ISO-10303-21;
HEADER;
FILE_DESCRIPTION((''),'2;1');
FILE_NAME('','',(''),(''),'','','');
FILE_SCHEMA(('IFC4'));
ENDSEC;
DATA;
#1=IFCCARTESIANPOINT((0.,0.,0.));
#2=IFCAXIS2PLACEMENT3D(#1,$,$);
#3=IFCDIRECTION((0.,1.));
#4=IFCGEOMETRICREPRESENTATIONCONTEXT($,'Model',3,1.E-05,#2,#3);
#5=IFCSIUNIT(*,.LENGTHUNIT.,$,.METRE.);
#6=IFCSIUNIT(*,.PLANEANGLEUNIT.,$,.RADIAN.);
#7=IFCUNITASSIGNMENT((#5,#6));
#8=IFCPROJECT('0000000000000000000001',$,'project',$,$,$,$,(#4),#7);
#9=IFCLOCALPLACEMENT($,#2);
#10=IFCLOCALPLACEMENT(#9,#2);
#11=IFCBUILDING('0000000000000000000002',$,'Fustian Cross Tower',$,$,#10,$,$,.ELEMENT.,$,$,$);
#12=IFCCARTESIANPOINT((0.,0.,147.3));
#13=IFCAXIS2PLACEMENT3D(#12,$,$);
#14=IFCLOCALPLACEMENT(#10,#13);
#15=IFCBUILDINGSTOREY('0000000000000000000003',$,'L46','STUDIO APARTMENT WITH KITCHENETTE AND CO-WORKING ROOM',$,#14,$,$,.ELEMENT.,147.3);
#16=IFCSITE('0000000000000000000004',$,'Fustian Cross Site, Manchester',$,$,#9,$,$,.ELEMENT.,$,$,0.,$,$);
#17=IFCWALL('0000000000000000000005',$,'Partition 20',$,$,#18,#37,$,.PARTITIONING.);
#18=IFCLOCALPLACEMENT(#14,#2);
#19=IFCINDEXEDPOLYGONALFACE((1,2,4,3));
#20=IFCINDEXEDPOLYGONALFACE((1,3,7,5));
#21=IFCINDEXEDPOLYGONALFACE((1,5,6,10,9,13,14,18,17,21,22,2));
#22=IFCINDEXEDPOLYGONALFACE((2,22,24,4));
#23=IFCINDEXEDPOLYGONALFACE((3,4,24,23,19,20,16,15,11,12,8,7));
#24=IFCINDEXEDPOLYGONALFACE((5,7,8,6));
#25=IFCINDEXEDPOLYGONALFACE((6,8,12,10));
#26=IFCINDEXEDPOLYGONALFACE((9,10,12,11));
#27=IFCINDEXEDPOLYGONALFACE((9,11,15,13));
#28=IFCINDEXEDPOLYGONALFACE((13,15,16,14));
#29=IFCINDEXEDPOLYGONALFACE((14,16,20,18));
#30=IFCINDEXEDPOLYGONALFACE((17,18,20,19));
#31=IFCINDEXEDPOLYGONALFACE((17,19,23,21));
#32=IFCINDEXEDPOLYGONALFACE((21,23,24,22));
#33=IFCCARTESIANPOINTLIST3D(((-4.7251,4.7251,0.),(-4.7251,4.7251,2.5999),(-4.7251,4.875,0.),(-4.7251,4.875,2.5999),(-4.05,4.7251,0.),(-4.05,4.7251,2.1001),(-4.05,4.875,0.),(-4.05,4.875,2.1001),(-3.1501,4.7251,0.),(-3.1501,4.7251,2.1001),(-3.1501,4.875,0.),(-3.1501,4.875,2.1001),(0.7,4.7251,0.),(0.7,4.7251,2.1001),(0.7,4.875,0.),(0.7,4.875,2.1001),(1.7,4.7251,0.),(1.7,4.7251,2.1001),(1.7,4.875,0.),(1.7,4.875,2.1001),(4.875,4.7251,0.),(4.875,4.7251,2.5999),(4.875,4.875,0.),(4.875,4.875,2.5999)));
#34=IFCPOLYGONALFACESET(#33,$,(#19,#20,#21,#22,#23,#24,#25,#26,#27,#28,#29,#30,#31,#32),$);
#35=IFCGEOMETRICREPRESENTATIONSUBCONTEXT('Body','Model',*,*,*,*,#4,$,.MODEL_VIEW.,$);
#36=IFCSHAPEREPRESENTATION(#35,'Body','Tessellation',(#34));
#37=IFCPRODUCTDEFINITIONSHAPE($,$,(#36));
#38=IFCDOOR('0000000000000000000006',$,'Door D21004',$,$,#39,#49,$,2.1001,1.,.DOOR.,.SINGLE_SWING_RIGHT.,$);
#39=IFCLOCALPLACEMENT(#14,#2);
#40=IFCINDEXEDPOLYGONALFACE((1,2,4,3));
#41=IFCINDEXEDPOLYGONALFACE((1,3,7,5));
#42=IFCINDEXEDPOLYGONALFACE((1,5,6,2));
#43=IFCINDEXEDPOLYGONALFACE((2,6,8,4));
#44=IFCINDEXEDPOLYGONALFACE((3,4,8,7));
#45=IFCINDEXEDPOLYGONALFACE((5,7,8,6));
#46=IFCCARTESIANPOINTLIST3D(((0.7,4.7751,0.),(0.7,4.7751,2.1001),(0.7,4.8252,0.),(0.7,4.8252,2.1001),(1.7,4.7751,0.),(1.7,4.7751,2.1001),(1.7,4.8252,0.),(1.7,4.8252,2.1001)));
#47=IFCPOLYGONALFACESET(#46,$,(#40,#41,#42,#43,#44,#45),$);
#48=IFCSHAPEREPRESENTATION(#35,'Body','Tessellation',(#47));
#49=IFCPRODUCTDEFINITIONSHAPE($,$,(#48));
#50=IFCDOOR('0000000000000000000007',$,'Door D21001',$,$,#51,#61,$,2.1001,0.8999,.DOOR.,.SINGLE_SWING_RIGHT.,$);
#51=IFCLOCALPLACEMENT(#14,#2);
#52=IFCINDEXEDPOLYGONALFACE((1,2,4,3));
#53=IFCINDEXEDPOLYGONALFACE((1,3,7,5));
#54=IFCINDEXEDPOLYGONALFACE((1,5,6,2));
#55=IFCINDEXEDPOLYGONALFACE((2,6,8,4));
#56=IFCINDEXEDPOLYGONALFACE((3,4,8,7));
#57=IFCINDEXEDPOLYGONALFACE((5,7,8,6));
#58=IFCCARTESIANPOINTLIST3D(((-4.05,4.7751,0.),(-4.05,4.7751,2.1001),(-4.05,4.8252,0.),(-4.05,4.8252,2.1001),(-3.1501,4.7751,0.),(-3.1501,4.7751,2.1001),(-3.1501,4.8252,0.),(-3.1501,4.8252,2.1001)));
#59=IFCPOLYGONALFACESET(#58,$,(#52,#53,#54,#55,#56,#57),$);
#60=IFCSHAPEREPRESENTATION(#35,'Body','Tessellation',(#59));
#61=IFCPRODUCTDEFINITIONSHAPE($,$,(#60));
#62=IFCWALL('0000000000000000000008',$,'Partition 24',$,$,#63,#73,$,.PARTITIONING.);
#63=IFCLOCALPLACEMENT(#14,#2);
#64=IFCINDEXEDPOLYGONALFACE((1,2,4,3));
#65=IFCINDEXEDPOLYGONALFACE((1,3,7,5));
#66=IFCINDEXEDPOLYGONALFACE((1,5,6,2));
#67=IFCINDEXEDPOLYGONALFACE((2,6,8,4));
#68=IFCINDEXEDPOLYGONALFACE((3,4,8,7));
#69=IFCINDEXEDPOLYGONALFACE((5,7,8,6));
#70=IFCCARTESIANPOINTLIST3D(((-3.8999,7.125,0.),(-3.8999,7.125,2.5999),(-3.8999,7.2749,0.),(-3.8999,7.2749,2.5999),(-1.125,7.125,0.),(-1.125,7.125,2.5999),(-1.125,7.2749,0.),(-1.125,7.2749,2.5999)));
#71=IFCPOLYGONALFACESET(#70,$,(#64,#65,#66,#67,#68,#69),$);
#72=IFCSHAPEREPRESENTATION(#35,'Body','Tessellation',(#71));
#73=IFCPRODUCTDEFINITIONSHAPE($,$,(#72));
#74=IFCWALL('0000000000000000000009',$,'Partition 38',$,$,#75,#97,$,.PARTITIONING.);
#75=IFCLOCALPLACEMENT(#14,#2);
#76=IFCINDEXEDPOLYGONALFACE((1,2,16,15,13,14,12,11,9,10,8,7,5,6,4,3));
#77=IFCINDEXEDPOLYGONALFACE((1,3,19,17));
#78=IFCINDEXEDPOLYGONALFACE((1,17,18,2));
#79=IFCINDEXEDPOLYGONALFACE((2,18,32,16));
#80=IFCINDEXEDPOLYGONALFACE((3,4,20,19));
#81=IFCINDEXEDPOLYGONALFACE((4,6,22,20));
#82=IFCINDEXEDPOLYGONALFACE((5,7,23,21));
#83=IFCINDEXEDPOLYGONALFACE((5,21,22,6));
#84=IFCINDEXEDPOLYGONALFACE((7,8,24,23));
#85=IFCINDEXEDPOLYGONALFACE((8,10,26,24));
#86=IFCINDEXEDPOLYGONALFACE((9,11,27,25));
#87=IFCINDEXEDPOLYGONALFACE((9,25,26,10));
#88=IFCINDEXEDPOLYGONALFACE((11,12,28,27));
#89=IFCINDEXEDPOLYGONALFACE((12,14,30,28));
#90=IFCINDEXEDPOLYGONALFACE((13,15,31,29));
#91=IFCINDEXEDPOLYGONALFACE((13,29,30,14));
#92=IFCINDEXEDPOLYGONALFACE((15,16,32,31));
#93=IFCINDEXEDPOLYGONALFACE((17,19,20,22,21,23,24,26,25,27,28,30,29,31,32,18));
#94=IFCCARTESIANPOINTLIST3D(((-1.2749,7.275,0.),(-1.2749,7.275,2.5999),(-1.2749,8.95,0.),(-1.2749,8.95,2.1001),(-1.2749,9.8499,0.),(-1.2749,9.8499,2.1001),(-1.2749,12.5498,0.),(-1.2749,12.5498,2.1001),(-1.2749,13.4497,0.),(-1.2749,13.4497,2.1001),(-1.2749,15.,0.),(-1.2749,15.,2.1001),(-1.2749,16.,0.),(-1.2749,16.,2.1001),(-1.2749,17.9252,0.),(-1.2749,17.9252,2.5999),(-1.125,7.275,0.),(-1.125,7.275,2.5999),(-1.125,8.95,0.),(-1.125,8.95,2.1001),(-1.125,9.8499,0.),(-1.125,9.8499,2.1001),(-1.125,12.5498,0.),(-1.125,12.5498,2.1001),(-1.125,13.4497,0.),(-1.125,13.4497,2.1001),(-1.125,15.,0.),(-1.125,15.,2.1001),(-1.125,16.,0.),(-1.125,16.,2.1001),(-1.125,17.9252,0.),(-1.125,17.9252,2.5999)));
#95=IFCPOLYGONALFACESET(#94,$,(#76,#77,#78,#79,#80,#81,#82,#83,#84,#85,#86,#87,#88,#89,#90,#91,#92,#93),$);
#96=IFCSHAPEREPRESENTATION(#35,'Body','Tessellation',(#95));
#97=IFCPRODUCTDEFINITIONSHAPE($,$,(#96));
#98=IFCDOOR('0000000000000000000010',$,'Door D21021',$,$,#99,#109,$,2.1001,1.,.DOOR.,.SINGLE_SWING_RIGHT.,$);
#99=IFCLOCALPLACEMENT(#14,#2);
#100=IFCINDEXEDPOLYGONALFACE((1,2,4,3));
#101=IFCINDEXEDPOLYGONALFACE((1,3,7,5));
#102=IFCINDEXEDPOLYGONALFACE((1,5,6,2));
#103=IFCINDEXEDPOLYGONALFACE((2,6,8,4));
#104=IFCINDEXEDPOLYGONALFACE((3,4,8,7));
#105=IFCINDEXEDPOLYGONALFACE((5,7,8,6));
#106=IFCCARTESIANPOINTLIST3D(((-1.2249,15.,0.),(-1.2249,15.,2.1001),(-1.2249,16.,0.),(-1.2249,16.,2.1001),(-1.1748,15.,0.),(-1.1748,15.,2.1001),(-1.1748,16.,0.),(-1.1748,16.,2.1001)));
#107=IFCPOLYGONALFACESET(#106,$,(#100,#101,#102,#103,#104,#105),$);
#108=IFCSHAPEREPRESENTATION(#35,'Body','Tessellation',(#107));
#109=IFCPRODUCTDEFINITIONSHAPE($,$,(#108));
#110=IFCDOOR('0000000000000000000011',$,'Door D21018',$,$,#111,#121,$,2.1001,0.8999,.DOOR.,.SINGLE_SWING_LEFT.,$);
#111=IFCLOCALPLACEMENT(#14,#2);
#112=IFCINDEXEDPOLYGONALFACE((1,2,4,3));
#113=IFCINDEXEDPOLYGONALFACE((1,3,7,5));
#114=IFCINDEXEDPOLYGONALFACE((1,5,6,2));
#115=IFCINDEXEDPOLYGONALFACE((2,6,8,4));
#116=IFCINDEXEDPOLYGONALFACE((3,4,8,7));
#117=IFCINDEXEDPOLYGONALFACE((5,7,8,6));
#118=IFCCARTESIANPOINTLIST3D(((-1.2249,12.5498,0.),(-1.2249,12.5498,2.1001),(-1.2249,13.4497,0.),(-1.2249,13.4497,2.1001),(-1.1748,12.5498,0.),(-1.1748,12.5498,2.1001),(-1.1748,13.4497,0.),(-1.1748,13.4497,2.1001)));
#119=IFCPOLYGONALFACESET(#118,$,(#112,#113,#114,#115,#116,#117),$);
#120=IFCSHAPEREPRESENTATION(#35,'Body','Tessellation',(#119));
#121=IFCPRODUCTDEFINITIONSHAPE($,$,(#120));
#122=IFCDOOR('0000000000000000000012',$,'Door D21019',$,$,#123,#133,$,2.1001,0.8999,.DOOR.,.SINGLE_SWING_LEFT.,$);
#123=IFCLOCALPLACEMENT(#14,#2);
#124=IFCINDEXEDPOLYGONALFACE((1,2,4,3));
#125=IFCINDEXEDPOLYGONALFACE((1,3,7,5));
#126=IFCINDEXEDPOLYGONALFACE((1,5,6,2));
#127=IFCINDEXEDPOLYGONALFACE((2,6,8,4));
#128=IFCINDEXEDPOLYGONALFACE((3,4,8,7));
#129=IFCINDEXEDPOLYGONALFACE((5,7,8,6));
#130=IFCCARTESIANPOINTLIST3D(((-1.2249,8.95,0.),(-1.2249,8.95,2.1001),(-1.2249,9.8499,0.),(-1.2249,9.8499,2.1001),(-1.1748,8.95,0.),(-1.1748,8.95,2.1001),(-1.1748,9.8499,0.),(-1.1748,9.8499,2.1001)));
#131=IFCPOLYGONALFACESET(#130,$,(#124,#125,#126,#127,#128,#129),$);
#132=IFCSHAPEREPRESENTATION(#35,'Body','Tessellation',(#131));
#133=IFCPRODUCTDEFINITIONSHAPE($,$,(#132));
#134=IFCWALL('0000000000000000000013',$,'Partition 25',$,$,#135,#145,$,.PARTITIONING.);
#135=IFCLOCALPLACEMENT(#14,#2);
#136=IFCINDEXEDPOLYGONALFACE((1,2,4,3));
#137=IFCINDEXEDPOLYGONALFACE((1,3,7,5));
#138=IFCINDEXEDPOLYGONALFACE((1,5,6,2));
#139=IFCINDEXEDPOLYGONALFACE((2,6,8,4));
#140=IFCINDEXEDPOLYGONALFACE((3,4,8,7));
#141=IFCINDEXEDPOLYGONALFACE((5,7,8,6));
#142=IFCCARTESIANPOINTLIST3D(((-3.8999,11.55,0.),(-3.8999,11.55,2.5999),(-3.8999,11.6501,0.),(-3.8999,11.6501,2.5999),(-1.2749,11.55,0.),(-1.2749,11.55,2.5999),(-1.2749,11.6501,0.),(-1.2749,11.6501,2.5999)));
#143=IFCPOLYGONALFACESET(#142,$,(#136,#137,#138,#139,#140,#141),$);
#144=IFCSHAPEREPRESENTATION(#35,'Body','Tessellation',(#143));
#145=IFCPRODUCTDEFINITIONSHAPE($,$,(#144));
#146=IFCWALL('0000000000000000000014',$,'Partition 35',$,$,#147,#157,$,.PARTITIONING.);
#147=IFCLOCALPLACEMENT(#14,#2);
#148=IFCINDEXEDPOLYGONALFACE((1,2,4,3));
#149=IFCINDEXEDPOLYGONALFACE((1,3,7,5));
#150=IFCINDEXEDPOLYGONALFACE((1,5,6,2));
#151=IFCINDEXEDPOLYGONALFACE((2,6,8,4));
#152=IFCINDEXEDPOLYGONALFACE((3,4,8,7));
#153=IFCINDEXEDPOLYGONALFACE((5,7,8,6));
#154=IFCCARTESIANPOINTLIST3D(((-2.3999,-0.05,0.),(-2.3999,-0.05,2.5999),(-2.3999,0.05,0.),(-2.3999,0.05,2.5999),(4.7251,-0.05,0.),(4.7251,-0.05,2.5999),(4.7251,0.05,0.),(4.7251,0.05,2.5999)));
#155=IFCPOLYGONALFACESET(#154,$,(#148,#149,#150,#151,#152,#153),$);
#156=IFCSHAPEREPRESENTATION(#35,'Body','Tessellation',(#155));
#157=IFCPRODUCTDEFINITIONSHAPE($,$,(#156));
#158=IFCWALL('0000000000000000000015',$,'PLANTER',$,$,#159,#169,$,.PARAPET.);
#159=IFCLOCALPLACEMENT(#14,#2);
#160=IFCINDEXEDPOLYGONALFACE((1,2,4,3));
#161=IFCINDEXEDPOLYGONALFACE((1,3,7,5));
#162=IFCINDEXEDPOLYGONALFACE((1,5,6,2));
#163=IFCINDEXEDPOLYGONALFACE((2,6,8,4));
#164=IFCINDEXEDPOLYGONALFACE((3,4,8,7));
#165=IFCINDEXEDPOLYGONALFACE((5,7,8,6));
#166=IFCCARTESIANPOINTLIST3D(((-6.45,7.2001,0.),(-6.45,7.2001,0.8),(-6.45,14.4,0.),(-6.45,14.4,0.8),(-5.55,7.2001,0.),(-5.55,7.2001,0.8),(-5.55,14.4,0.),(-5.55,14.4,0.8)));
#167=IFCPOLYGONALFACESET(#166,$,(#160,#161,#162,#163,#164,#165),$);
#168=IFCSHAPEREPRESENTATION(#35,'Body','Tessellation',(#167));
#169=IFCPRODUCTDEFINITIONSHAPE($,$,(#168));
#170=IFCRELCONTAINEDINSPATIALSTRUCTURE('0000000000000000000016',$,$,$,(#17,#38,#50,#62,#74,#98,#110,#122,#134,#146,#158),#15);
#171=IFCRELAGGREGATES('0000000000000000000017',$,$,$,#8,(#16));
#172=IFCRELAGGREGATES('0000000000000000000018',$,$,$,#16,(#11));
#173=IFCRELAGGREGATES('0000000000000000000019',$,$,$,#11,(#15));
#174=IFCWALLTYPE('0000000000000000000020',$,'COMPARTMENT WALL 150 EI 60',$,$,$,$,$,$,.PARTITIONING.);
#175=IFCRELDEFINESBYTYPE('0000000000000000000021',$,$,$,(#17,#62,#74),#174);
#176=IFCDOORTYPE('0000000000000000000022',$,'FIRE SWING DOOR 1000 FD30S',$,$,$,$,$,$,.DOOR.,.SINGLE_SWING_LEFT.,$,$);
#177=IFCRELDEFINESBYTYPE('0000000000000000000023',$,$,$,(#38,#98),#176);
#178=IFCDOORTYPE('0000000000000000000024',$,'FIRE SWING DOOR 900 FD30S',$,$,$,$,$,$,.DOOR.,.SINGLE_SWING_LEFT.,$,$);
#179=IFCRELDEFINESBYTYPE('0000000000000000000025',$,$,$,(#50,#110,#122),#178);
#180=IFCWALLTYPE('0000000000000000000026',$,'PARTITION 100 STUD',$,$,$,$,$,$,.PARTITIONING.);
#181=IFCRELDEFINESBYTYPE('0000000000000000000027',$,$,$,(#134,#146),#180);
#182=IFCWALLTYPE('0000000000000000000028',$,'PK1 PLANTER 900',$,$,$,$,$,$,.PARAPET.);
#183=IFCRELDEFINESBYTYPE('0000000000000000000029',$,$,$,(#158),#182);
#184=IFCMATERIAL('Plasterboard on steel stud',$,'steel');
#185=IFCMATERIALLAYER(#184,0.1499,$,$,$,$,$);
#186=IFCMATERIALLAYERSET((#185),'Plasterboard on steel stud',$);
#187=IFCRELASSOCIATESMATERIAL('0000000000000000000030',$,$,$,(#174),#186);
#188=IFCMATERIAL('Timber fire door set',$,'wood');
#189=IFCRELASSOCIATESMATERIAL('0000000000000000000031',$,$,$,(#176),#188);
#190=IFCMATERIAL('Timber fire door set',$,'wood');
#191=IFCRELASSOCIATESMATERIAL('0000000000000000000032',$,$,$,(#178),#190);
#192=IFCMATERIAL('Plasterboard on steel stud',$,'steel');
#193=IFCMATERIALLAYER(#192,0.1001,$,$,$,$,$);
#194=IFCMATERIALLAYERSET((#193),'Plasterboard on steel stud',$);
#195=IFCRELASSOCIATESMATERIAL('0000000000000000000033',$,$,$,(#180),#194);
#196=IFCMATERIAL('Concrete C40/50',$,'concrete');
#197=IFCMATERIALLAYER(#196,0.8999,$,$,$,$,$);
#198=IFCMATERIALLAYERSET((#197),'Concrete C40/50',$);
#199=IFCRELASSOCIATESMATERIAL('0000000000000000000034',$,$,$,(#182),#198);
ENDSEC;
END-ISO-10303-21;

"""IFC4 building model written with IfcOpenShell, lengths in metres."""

from ifc_helpers import new_model, si_unit, direction, frame, frame_2d, origin, place, context, subcontext, project, spatial, rectangle, extrude, material, layer, layer_set, type_object, element, fill, save


model = new_model("IFC4")

# Units and contexts
model_context = context("Model", 3, precision=1e-05, world=origin(), true_north=direction((0.0, 1.0)))
body_context = subcontext(model_context, "Body", "Model", "MODEL_VIEW")
ifc_project = project(units=[si_unit("LENGTHUNIT", "METRE"), si_unit("PLANEANGLEUNIT", "RADIAN")], contexts=[model_context])

# Site, building, storey
site_placement = place(None, origin())
site = spatial("IfcSite", under=ifc_project, at=site_placement, Name="Fustian Cross Site, Manchester", CompositionType="ELEMENT", RefElevation=0.0)
building_placement = place(site_placement, origin())
building = spatial("IfcBuilding", under=site, at=building_placement, Name="Fustian Cross Tower", CompositionType="ELEMENT")
storey_placement = place(building_placement, frame((0.0, 0.0, 147.3)))
storey = spatial("IfcBuildingStorey", under=building, at=storey_placement, Name="L46", Description="STUDIO APARTMENT WITH KITCHENETTE AND CO-WORKING ROOM", CompositionType="ELEMENT", Elevation=147.3)

# Shared definitions
ifc_material_1 = material(Name="Plasterboard on steel stud", Category="steel")
ifc_layer_1 = layer(ifc_material_1, 0.1499)
ifc_layer_set_1 = layer_set([ifc_layer_1], Name="Plasterboard on steel stud")
wall_type_1 = type_object("IfcWallType", Name="COMPARTMENT WALL 150 EI 60", PredefinedType="PARTITIONING", material=ifc_layer_set_1)

# Wall, openings, doors
wall_1_placement = place(storey_placement, frame((-4.7251, 4.8, 0.0), z_axis=(0.0, 0.0, 1.0), x_axis=(1.0, 0.0, 0.0)))
wall_1 = element("IfcWall", 1, at=wall_1_placement, inside=storey, type_object=wall_type_1, Name="Partition 20", PredefinedType="PARTITIONING", context=body_context, shape_type="SweptSolid", body=[
    extrude(rectangle(XDim=9.6001, YDim=0.1499, at=frame_2d((4.8, 0.0))), origin(), (0.0, 0.0, 1.0), 2.5999),
])
opening_1_placement = place(wall_1_placement, frame((0.675, 0.0, 0.0)))
opening_1 = element("IfcOpeningElement", 2, at=opening_1_placement, cuts=wall_1, PredefinedType="OPENING", context=body_context, shape_type="SweptSolid", body=[
    extrude(rectangle(XDim=0.8999, YDim=2.1001, at=frame_2d((0.45, 1.05))), frame((0.0, 0.085, 0.0), z_axis=(0.0, -1.0, 0.0), x_axis=(1.0, 0.0, 0.0)), (0.0, 0.0, 1.0), 0.1699),
])
opening_2_placement = place(wall_1_placement, frame((5.425, 0.0, 0.0)))
opening_2 = element("IfcOpeningElement", 3, at=opening_2_placement, cuts=wall_1, PredefinedType="OPENING", context=body_context, shape_type="SweptSolid", body=[
    extrude(rectangle(XDim=1.0, YDim=2.1001, at=frame_2d((0.5, 1.05))), frame((0.0, 0.085, 0.0), z_axis=(0.0, -1.0, 0.0), x_axis=(1.0, 0.0, 0.0)), (0.0, 0.0, 1.0), 0.1699),
])
ifc_material_2 = material(Name="Timber fire door set", Category="wood")
door_type_1 = type_object("IfcDoorType", Name="FIRE SWING DOOR 1000 FD30S", OperationType="SINGLE_SWING_LEFT", PredefinedType="DOOR", material=ifc_material_2)
door_1_placement = place(opening_2_placement, frame((1.0, 0.0, 0.0), z_axis=(0.0, 0.0, 1.0), x_axis=(-1.0, 0.0, 0.0)))
door_1 = element("IfcDoor", 4, at=door_1_placement, inside=storey, type_object=door_type_1, Name="Door D21004", OperationType="SINGLE_SWING_RIGHT", OverallHeight=2.1001, OverallWidth=1.0, PredefinedType="DOOR", context=body_context, shape_type="SweptSolid", body=[
    extrude(rectangle(XDim=1.0, YDim=2.1001, at=frame_2d((0.5, 1.05))), frame((0.0, 0.0249, 0.0), z_axis=(0.0, -1.0, 0.0), x_axis=(1.0, 0.0, 0.0)), (0.0, 0.0, 1.0), 0.05),
])
fill(opening_2, door_1)
ifc_material_3 = material(Name="Timber fire door set", Category="wood")
door_type_2 = type_object("IfcDoorType", Name="FIRE SWING DOOR 900 FD30S", OperationType="SINGLE_SWING_LEFT", PredefinedType="DOOR", material=ifc_material_3)
door_2_placement = place(opening_1_placement, frame((0.8999, 0.0, 0.0), z_axis=(0.0, 0.0, 1.0), x_axis=(-1.0, 0.0, 0.0)))
door_2 = element("IfcDoor", 5, at=door_2_placement, inside=storey, type_object=door_type_2, Name="Door D21001", OperationType="SINGLE_SWING_RIGHT", OverallHeight=2.1001, OverallWidth=0.8999, PredefinedType="DOOR", context=body_context, shape_type="SweptSolid", body=[
    extrude(rectangle(XDim=0.8999, YDim=2.1001, at=frame_2d((0.45, 1.05))), frame((0.0, 0.0249, 0.0), z_axis=(0.0, -1.0, 0.0), x_axis=(1.0, 0.0, 0.0)), (0.0, 0.0, 1.0), 0.05),
])
fill(opening_1, door_2)

# Wall
wall_2_placement = place(storey_placement, frame((-3.8999, 7.2, 0.0), z_axis=(0.0, 0.0, 1.0), x_axis=(1.0, 0.0, 0.0)))
element("IfcWall", 6, at=wall_2_placement, inside=storey, type_object=wall_type_1, Name="Partition 24", PredefinedType="PARTITIONING", context=body_context, shape_type="SweptSolid", body=[
    extrude(rectangle(XDim=2.7749, YDim=0.1499, at=frame_2d((1.3875, 0.0))), origin(), (0.0, 0.0, 1.0), 2.5999),
])

# Wall, openings, doors
wall_3_placement = place(storey_placement, frame((-1.2, 7.2749, 0.0), z_axis=(0.0, 0.0, 1.0), x_axis=(0.0, 1.0, 0.0)))
wall_3 = element("IfcWall", 7, at=wall_3_placement, inside=storey, type_object=wall_type_1, Name="Partition 38", PredefinedType="PARTITIONING", context=body_context, shape_type="SweptSolid", body=[
    extrude(rectangle(XDim=10.6501, YDim=0.1499, at=frame_2d((5.3252, 0.0))), origin(), (0.0, 0.0, 1.0), 2.5999),
])
opening_3_placement = place(wall_3_placement, frame((5.2749, 0.0, 0.0)))
opening_3 = element("IfcOpeningElement", 8, at=opening_3_placement, cuts=wall_3, PredefinedType="OPENING", context=body_context, shape_type="SweptSolid", body=[
    extrude(rectangle(XDim=0.8999, YDim=2.1001, at=frame_2d((0.45, 1.05))), frame((0.0, 0.085, 0.0), z_axis=(0.0, -1.0, 0.0), x_axis=(1.0, 0.0, 0.0)), (0.0, 0.0, 1.0), 0.1699),
])
opening_4_placement = place(wall_3_placement, frame((1.675, 0.0, 0.0)))
opening_4 = element("IfcOpeningElement", 9, at=opening_4_placement, cuts=wall_3, PredefinedType="OPENING", context=body_context, shape_type="SweptSolid", body=[
    extrude(rectangle(XDim=0.8999, YDim=2.1001, at=frame_2d((0.45, 1.05))), frame((0.0, 0.085, 0.0), z_axis=(0.0, -1.0, 0.0), x_axis=(1.0, 0.0, 0.0)), (0.0, 0.0, 1.0), 0.1699),
])
opening_5_placement = place(wall_3_placement, frame((7.7251, 0.0, 0.0)))
opening_5 = element("IfcOpeningElement", 10, at=opening_5_placement, cuts=wall_3, PredefinedType="OPENING", context=body_context, shape_type="SweptSolid", body=[
    extrude(rectangle(XDim=1.0, YDim=2.1001, at=frame_2d((0.5, 1.05))), frame((0.0, 0.085, 0.0), z_axis=(0.0, -1.0, 0.0), x_axis=(1.0, 0.0, 0.0)), (0.0, 0.0, 1.0), 0.1699),
])
door_3_placement = place(opening_5_placement, origin())
door_3 = element("IfcDoor", 11, at=door_3_placement, inside=storey, type_object=door_type_1, Name="Door D21021", OperationType="SINGLE_SWING_RIGHT", OverallHeight=2.1001, OverallWidth=1.0, PredefinedType="DOOR", context=body_context, shape_type="SweptSolid", body=[
    extrude(rectangle(XDim=1.0, YDim=2.1001, at=frame_2d((0.5, 1.05))), frame((0.0, 0.0249, 0.0), z_axis=(0.0, -1.0, 0.0), x_axis=(1.0, 0.0, 0.0)), (0.0, 0.0, 1.0), 0.05),
])
fill(opening_5, door_3)
door_4_placement = place(opening_3_placement, origin())
door_4 = element("IfcDoor", 12, at=door_4_placement, inside=storey, type_object=door_type_2, Name="Door D21018", OperationType="SINGLE_SWING_LEFT", OverallHeight=2.1001, OverallWidth=0.8999, PredefinedType="DOOR", context=body_context, shape_type="SweptSolid", body=[
    extrude(rectangle(XDim=0.8999, YDim=2.1001, at=frame_2d((0.45, 1.05))), frame((0.0, 0.0249, 0.0), z_axis=(0.0, -1.0, 0.0), x_axis=(1.0, 0.0, 0.0)), (0.0, 0.0, 1.0), 0.05),
])
fill(opening_3, door_4)
door_5_placement = place(opening_4_placement, origin())
door_5 = element("IfcDoor", 13, at=door_5_placement, inside=storey, type_object=door_type_2, Name="Door D21019", OperationType="SINGLE_SWING_LEFT", OverallHeight=2.1001, OverallWidth=0.8999, PredefinedType="DOOR", context=body_context, shape_type="SweptSolid", body=[
    extrude(rectangle(XDim=0.8999, YDim=2.1001, at=frame_2d((0.45, 1.05))), frame((0.0, 0.0249, 0.0), z_axis=(0.0, -1.0, 0.0), x_axis=(1.0, 0.0, 0.0)), (0.0, 0.0, 1.0), 0.05),
])
fill(opening_4, door_5)

# Walls
ifc_material_4 = material(Name="Plasterboard on steel stud", Category="steel")
ifc_layer_2 = layer(ifc_material_4, 0.1001)
ifc_layer_set_2 = layer_set([ifc_layer_2], Name="Plasterboard on steel stud")
wall_type_2 = type_object("IfcWallType", Name="PARTITION 100 STUD", PredefinedType="PARTITIONING", material=ifc_layer_set_2)
wall_4_placement = place(storey_placement, frame((-3.8999, 11.6001, 0.0), z_axis=(0.0, 0.0, 1.0), x_axis=(1.0, 0.0, 0.0)))
element("IfcWall", 14, at=wall_4_placement, inside=storey, type_object=wall_type_2, Name="Partition 25", PredefinedType="PARTITIONING", context=body_context, shape_type="SweptSolid", body=[
    extrude(rectangle(XDim=2.625, YDim=0.1001, at=frame_2d((1.3125, 0.0))), origin(), (0.0, 0.0, 1.0), 2.5999),
])
wall_5_placement = place(storey_placement, frame((-2.3999, 0.0, 0.0), z_axis=(0.0, 0.0, 1.0), x_axis=(1.0, 0.0, 0.0)))
element("IfcWall", 15, at=wall_5_placement, inside=storey, type_object=wall_type_2, Name="Partition 35", PredefinedType="PARTITIONING", context=body_context, shape_type="SweptSolid", body=[
    extrude(rectangle(XDim=7.125, YDim=0.1001, at=frame_2d((3.5625, 0.0))), origin(), (0.0, 0.0, 1.0), 2.5999),
])
ifc_material_5 = material(Name="Concrete C40/50", Category="concrete")
ifc_layer_3 = layer(ifc_material_5, 0.8999)
ifc_layer_set_3 = layer_set([ifc_layer_3], Name="Concrete C40/50")
wall_type_3 = type_object("IfcWallType", Name="PK1 PLANTER 900", PredefinedType="PARAPET", material=ifc_layer_set_3)
wall_6_placement = place(storey_placement, frame((-6.0, 7.2, 0.0), z_axis=(0.0, 0.0, 1.0), x_axis=(0.0, 1.0, 0.0)))
element("IfcWall", 16, at=wall_6_placement, inside=storey, type_object=wall_type_3, Name="PLANTER", PredefinedType="PARAPET", context=body_context, shape_type="SweptSolid", body=[
    extrude(rectangle(XDim=7.2, YDim=0.8999, at=frame_2d((3.6001, 0.0))), origin(), (0.0, 0.0, 1.0), 0.8),
])

save(model, "model.ifc")
